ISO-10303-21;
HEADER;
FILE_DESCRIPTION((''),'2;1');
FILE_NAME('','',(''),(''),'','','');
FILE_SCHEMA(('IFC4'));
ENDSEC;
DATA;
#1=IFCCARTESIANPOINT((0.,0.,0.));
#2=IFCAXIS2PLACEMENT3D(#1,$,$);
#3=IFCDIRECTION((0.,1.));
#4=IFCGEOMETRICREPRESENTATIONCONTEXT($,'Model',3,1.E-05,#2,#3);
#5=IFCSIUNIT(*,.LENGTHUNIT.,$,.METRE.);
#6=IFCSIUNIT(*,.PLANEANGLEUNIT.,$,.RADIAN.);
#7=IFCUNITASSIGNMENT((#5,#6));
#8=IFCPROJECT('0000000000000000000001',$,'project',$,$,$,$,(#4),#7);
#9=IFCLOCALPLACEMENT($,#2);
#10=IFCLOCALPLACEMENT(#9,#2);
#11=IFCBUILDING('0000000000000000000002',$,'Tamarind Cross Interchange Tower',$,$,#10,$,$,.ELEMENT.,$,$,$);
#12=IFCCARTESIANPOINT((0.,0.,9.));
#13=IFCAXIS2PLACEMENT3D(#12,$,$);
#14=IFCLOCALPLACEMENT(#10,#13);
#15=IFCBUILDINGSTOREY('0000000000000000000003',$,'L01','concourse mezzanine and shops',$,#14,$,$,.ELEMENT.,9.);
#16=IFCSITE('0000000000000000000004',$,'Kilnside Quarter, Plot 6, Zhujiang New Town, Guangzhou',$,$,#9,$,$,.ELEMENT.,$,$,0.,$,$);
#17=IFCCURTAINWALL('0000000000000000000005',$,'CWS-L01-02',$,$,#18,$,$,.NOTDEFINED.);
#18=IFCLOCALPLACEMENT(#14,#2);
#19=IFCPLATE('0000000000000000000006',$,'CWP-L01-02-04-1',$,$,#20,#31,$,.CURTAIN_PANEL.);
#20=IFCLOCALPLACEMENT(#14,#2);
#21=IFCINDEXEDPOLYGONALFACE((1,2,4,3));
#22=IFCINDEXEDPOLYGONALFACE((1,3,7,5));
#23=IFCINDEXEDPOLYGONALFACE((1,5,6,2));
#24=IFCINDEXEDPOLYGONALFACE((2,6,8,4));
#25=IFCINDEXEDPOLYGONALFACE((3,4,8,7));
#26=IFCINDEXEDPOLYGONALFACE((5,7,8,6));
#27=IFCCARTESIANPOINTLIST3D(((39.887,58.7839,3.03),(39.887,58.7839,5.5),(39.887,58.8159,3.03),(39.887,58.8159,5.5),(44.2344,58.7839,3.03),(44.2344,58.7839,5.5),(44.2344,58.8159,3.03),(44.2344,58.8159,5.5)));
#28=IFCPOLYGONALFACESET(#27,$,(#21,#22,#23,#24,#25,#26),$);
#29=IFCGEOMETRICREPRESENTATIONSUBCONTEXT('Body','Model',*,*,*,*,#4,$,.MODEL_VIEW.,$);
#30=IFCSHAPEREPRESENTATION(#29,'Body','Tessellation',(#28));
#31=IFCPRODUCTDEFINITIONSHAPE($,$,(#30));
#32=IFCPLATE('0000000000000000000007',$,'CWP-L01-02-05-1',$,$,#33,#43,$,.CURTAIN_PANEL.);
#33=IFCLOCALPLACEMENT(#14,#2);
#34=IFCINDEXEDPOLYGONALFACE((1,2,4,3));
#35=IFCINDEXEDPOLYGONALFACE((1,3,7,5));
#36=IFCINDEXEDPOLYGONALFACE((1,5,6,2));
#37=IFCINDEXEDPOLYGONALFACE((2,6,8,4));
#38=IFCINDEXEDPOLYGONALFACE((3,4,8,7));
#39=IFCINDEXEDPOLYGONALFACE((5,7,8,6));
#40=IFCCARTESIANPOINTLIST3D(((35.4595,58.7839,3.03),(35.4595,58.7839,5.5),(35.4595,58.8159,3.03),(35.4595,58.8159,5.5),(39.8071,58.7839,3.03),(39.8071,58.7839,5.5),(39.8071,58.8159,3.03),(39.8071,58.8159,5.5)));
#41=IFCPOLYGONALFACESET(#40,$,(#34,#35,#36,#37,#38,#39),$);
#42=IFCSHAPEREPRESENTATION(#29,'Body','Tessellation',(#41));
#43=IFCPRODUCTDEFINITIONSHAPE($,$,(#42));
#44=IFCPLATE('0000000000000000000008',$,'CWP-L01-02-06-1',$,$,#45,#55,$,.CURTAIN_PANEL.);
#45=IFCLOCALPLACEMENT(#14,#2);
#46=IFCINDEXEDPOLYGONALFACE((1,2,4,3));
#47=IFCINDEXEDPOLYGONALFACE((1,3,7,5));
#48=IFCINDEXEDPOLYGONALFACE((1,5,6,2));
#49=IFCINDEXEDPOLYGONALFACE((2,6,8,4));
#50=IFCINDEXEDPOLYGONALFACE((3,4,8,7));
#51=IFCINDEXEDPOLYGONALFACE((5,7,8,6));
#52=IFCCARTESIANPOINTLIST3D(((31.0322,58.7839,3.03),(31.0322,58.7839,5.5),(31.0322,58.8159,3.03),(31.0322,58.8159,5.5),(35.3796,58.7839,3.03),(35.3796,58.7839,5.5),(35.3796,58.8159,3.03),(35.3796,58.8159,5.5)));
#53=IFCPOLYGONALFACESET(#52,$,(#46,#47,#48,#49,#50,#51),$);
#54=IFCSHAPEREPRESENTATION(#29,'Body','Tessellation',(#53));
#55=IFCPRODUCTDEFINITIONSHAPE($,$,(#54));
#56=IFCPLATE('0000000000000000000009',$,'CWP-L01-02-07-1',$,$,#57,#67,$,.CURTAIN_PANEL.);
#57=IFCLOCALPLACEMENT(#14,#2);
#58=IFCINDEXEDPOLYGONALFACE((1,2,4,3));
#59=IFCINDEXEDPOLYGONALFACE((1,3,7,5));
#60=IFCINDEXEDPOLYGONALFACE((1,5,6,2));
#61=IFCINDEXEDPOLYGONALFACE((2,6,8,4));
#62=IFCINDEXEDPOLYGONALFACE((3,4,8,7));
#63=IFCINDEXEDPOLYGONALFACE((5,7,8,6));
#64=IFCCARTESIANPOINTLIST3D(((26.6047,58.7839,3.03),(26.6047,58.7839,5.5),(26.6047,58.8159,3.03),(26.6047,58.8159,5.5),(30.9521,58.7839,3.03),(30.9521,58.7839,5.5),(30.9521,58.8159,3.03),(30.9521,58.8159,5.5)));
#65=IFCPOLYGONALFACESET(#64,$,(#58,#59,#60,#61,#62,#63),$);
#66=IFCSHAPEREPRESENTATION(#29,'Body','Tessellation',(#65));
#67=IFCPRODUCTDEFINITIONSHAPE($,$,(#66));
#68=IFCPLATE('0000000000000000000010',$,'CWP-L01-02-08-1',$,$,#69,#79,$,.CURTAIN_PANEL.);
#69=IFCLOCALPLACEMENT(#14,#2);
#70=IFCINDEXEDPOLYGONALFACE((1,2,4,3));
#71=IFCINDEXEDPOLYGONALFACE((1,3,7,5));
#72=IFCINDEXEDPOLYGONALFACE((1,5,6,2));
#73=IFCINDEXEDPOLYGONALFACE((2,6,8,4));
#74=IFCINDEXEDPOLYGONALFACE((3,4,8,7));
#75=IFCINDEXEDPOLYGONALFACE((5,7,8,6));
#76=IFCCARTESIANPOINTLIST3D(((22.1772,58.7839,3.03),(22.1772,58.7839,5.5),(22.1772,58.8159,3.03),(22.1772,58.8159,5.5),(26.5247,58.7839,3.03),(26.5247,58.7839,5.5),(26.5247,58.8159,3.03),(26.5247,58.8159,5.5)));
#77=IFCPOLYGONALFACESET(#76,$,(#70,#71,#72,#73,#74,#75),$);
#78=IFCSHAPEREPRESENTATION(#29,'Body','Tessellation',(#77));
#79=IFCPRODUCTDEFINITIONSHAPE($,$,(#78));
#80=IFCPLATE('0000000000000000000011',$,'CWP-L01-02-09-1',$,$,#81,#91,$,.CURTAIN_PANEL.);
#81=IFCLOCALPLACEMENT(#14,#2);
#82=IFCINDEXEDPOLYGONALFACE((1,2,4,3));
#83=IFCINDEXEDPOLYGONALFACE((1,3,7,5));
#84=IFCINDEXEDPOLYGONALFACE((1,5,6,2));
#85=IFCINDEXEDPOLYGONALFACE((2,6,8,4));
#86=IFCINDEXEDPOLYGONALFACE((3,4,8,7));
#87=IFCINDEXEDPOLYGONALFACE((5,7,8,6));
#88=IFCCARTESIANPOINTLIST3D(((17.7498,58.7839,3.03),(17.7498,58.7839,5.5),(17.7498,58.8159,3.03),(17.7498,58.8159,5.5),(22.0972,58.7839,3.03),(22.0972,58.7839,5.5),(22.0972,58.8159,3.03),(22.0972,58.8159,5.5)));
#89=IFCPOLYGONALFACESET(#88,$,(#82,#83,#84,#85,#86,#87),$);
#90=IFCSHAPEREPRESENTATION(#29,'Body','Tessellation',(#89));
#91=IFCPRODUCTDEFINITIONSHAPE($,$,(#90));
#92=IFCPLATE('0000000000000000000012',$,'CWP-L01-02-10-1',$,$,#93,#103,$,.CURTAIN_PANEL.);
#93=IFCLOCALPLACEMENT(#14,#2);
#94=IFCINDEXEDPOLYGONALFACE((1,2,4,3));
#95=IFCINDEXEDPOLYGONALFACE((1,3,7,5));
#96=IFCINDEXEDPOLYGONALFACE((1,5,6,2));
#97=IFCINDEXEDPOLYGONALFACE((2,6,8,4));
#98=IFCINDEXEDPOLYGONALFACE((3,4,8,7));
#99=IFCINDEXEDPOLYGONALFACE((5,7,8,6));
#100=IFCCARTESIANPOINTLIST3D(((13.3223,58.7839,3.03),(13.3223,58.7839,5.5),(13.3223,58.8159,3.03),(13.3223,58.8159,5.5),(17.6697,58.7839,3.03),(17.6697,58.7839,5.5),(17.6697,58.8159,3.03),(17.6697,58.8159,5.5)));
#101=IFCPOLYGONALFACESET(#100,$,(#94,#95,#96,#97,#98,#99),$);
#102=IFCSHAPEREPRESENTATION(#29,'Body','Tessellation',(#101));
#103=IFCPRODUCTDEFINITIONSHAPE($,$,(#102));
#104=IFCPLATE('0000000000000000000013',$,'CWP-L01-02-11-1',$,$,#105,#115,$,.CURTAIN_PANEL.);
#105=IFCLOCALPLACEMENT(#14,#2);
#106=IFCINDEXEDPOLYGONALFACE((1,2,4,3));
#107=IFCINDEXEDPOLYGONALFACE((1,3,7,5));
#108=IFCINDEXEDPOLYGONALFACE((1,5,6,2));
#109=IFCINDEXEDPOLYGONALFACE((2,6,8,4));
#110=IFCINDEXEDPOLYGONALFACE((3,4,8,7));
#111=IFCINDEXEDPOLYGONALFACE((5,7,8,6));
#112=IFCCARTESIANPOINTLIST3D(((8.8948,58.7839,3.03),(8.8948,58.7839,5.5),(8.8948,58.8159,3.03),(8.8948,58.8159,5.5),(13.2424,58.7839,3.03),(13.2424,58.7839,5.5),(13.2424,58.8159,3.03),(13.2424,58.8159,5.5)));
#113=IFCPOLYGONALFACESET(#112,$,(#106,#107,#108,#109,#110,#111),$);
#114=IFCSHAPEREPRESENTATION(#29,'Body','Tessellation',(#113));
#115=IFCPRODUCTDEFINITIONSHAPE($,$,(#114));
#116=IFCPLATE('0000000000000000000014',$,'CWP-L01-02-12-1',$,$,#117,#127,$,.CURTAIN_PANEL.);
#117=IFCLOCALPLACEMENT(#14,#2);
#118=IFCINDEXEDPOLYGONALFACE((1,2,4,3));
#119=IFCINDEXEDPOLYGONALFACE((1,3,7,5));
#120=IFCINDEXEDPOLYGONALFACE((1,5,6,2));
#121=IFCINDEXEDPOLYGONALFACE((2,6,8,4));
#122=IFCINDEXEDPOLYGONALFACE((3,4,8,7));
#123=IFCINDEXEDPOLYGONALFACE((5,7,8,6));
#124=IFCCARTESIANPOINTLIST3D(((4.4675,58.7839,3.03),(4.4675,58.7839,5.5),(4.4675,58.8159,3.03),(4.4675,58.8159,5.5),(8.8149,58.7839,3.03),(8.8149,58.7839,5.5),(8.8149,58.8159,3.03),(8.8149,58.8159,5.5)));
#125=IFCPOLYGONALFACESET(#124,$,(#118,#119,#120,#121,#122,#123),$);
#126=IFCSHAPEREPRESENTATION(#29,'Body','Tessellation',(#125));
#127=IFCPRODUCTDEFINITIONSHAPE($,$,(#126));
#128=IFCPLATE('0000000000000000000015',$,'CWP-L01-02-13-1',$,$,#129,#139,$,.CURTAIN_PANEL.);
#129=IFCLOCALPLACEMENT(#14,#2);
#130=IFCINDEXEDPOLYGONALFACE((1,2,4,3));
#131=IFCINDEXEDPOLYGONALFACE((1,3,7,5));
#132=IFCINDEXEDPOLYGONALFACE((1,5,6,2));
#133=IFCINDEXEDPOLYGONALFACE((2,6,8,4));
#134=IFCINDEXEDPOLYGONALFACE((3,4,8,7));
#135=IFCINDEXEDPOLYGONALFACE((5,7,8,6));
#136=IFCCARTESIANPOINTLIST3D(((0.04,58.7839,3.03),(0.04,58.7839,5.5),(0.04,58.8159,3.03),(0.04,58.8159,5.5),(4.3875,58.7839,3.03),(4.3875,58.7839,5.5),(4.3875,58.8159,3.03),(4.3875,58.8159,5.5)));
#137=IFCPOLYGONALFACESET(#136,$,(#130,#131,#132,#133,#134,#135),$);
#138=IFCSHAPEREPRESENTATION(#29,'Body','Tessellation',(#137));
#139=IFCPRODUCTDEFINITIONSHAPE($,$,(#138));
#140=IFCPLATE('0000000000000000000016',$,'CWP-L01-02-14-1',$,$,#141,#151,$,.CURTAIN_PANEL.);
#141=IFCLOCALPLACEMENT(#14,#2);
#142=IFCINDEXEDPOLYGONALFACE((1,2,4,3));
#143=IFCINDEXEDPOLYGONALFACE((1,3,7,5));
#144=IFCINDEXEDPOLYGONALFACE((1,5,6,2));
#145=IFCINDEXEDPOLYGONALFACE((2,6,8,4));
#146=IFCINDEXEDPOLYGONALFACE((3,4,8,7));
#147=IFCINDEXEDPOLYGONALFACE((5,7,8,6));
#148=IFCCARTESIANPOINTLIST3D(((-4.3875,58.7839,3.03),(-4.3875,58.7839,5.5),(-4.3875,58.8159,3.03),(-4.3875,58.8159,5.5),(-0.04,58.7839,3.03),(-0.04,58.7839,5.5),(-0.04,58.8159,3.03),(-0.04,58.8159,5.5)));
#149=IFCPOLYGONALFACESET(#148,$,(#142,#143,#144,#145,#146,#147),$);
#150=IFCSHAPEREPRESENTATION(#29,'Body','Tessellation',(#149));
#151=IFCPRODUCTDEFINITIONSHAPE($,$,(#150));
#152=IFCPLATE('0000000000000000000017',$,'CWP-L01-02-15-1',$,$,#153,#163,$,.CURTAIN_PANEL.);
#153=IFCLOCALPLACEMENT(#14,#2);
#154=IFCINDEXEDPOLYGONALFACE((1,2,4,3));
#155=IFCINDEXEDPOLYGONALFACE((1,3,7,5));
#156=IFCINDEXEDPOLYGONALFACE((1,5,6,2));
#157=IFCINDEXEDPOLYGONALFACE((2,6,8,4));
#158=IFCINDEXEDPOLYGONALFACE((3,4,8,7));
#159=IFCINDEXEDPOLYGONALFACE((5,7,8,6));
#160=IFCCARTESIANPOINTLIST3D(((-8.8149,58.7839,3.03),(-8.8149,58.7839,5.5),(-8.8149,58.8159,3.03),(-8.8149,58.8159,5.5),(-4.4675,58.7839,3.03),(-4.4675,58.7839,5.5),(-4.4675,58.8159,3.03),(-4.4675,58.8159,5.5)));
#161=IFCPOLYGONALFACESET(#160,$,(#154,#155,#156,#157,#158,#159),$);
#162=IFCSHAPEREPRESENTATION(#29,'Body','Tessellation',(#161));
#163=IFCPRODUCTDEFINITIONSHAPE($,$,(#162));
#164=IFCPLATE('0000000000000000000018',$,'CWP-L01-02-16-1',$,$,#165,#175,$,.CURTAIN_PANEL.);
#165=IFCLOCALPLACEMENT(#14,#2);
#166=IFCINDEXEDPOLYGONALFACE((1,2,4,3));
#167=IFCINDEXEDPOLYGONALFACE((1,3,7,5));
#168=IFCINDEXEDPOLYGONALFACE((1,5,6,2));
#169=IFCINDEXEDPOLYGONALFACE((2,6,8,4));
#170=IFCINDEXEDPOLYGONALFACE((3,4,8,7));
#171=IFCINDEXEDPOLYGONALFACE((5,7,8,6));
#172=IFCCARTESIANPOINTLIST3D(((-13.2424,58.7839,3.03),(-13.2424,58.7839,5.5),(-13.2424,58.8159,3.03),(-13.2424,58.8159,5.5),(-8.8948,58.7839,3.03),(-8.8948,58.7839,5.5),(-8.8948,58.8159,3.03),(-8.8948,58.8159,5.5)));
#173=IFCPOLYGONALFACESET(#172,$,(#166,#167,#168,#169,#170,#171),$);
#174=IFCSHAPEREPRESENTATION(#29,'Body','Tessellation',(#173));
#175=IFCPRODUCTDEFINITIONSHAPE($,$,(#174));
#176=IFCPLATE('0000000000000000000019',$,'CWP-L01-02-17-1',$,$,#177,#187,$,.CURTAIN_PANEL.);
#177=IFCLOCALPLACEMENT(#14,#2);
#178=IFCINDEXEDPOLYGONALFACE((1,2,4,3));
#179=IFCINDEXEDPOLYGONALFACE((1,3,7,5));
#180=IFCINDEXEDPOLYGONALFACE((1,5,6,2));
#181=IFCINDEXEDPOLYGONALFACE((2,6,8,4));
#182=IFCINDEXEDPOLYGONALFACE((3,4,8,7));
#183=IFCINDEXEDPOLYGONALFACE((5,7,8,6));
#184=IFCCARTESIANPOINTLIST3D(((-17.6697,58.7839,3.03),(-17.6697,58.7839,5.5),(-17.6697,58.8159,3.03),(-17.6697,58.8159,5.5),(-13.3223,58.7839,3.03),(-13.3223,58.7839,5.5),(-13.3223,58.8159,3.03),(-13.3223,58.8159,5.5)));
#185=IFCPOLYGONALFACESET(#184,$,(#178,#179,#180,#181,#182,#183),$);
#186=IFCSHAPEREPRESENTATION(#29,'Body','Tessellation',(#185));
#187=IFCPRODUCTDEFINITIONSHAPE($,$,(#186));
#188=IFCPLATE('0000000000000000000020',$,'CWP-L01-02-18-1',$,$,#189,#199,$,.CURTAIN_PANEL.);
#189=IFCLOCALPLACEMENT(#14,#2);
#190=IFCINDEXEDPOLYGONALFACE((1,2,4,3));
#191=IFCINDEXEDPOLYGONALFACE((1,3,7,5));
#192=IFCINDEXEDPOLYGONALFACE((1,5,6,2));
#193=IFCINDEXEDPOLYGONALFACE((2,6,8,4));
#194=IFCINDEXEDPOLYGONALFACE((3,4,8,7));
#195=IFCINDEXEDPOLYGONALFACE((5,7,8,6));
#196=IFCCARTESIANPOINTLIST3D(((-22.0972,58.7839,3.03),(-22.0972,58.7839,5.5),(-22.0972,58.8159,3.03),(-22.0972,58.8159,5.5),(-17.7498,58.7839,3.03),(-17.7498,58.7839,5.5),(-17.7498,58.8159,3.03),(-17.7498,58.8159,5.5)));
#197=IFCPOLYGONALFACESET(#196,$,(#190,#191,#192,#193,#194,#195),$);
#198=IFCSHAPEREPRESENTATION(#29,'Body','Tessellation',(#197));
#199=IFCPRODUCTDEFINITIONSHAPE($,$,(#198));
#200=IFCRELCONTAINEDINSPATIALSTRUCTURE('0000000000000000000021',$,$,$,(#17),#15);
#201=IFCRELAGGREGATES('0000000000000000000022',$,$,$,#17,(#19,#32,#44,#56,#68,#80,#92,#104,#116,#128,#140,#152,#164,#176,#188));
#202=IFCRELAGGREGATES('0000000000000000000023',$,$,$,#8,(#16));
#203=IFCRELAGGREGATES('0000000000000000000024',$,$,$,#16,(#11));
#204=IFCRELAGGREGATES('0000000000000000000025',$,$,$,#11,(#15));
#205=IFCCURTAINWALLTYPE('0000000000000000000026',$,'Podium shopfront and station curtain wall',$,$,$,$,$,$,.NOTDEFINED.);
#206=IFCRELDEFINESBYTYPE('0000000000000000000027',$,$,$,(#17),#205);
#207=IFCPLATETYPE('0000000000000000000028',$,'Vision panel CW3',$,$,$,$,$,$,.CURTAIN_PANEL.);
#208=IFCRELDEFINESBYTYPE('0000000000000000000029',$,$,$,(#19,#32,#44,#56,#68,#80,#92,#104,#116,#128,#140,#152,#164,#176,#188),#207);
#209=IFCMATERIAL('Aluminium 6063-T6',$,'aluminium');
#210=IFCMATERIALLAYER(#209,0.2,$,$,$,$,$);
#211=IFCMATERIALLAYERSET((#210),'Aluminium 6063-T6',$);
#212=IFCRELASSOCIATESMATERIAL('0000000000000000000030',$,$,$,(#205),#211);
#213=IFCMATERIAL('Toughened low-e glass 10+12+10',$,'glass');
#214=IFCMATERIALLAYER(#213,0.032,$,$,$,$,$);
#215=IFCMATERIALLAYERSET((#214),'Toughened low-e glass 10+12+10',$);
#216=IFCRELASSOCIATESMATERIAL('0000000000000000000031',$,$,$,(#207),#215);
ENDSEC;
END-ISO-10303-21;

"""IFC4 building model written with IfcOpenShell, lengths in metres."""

from ifc_helpers import new_model, si_unit, direction, frame, origin, place, context, subcontext, project, spatial, polyline, outline, extrude, material, layer, layer_set, type_object, element, aggregate, save


model = new_model("IFC4")

# Units and contexts
model_context = context("Model", 3, precision=1e-05, world=origin(), true_north=direction((0.0, 1.0)))
body_context = subcontext(model_context, "Body", "Model", "MODEL_VIEW")
ifc_project = project(units=[si_unit("LENGTHUNIT", "METRE"), si_unit("PLANEANGLEUNIT", "RADIAN")], contexts=[model_context])

# Site, building, storey
site_placement = place(None, origin())
site = spatial("IfcSite", under=ifc_project, at=site_placement, Name="Kilnside Quarter, Plot 6, Zhujiang New Town, Guangzhou", CompositionType="ELEMENT", RefElevation=0.0)
building_placement = place(site_placement, origin())
building = spatial("IfcBuilding", under=site, at=building_placement, Name="Tamarind Cross Interchange Tower", CompositionType="ELEMENT")
storey_placement = place(building_placement, frame((0.0, 0.0, 9.0)))
storey = spatial("IfcBuildingStorey", under=building, at=storey_placement, Name="L01", Description="concourse mezzanine and shops", CompositionType="ELEMENT", Elevation=9.0)

# Shared definitions
ifc_material_1 = material(Name="Aluminium 6063-T6", Category="aluminium")
ifc_layer_1 = layer(ifc_material_1, 0.2)
ifc_layer_set_1 = layer_set([ifc_layer_1], Name="Aluminium 6063-T6")
curtain_wall_type = type_object("IfcCurtainWallType", Name="Podium shopfront and station curtain wall", PredefinedType="NOTDEFINED", material=ifc_layer_set_1)

# Shared definitions
ifc_material_2 = material(Name="Toughened low-e glass 10+12+10", Category="glass")
ifc_layer_2 = layer(ifc_material_2, 0.032)
ifc_layer_set_2 = layer_set([ifc_layer_2], Name="Toughened low-e glass 10+12+10")
plate_type = type_object("IfcPlateType", Name="Vision panel CW3", PredefinedType="CURTAIN_PANEL", material=ifc_layer_set_2)

# Curtain wall, plates
curtain_wall_1_placement = place(storey_placement, origin())
curtain_wall_1 = element("IfcCurtainWall", 1, at=curtain_wall_1_placement, inside=storey, type_object=curtain_wall_type, Name="CWS-L01-02", PredefinedType="NOTDEFINED")
plate_1_placement = place(storey_placement, frame((0.0, 0.0, 3.03)))
plate_1 = element("IfcPlate", 2, at=plate_1_placement, type_object=plate_type, Name="CWP-L01-02-04-1", PredefinedType="CURTAIN_PANEL", context=body_context, shape_type="SweptSolid", body=[
    extrude(outline(polyline([(44.2344, 58.7839), (39.887, 58.7839), (39.887, 58.8159), (44.2344, 58.8159), (44.2344, 58.7839)])), origin(), (0.0, 0.0, 1.0), 2.47),
])
plate_2_placement = place(storey_placement, frame((0.0, 0.0, 3.03)))
plate_2 = element("IfcPlate", 3, at=plate_2_placement, type_object=plate_type, Name="CWP-L01-02-05-1", PredefinedType="CURTAIN_PANEL", context=body_context, shape_type="SweptSolid", body=[
    extrude(outline(polyline([(39.8071, 58.7839), (35.4595, 58.7839), (35.4595, 58.8159), (39.8071, 58.8159), (39.8071, 58.7839)])), origin(), (0.0, 0.0, 1.0), 2.47),
])
plate_3_placement = place(storey_placement, frame((0.0, 0.0, 3.03)))
plate_3 = element("IfcPlate", 4, at=plate_3_placement, type_object=plate_type, Name="CWP-L01-02-06-1", PredefinedType="CURTAIN_PANEL", context=body_context, shape_type="SweptSolid", body=[
    extrude(outline(polyline([(35.3796, 58.7839), (31.0322, 58.7839), (31.0322, 58.8159), (35.3796, 58.8159), (35.3796, 58.7839)])), origin(), (0.0, 0.0, 1.0), 2.47),
])
plate_4_placement = place(storey_placement, frame((0.0, 0.0, 3.03)))
plate_4 = element("IfcPlate", 5, at=plate_4_placement, type_object=plate_type, Name="CWP-L01-02-07-1", PredefinedType="CURTAIN_PANEL", context=body_context, shape_type="SweptSolid", body=[
    extrude(outline(polyline([(30.9521, 58.7839), (26.6047, 58.7839), (26.6047, 58.8159), (30.9521, 58.8159), (30.9521, 58.7839)])), origin(), (0.0, 0.0, 1.0), 2.47),
])
plate_5_placement = place(storey_placement, frame((0.0, 0.0, 3.03)))
plate_5 = element("IfcPlate", 6, at=plate_5_placement, type_object=plate_type, Name="CWP-L01-02-08-1", PredefinedType="CURTAIN_PANEL", context=body_context, shape_type="SweptSolid", body=[
    extrude(outline(polyline([(26.5247, 58.7839), (22.1772, 58.7839), (22.1772, 58.8159), (26.5247, 58.8159), (26.5247, 58.7839)])), origin(), (0.0, 0.0, 1.0), 2.47),
])
plate_6_placement = place(storey_placement, frame((0.0, 0.0, 3.03)))
plate_6 = element("IfcPlate", 7, at=plate_6_placement, type_object=plate_type, Name="CWP-L01-02-09-1", PredefinedType="CURTAIN_PANEL", context=body_context, shape_type="SweptSolid", body=[
    extrude(outline(polyline([(22.0972, 58.7839), (17.7498, 58.7839), (17.7498, 58.8159), (22.0972, 58.8159), (22.0972, 58.7839)])), origin(), (0.0, 0.0, 1.0), 2.47),
])
plate_7_placement = place(storey_placement, frame((0.0, 0.0, 3.03)))
plate_7 = element("IfcPlate", 8, at=plate_7_placement, type_object=plate_type, Name="CWP-L01-02-10-1", PredefinedType="CURTAIN_PANEL", context=body_context, shape_type="SweptSolid", body=[
    extrude(outline(polyline([(17.6697, 58.7839), (13.3223, 58.7839), (13.3223, 58.8159), (17.6697, 58.8159), (17.6697, 58.7839)])), origin(), (0.0, 0.0, 1.0), 2.47),
])
plate_8_placement = place(storey_placement, frame((0.0, 0.0, 3.03)))
plate_8 = element("IfcPlate", 9, at=plate_8_placement, type_object=plate_type, Name="CWP-L01-02-11-1", PredefinedType="CURTAIN_PANEL", context=body_context, shape_type="SweptSolid", body=[
    extrude(outline(polyline([(13.2424, 58.7839), (8.8948, 58.7839), (8.8948, 58.8159), (13.2424, 58.8159), (13.2424, 58.7839)])), origin(), (0.0, 0.0, 1.0), 2.47),
])
plate_9_placement = place(storey_placement, frame((0.0, 0.0, 3.03)))
plate_9 = element("IfcPlate", 10, at=plate_9_placement, type_object=plate_type, Name="CWP-L01-02-12-1", PredefinedType="CURTAIN_PANEL", context=body_context, shape_type="SweptSolid", body=[
    extrude(outline(polyline([(8.8149, 58.7839), (4.4675, 58.7839), (4.4675, 58.8159), (8.8149, 58.8159), (8.8149, 58.7839)])), origin(), (0.0, 0.0, 1.0), 2.47),
])
plate_10_placement = place(storey_placement, frame((0.0, 0.0, 3.03)))
plate_10 = element("IfcPlate", 11, at=plate_10_placement, type_object=plate_type, Name="CWP-L01-02-13-1", PredefinedType="CURTAIN_PANEL", context=body_context, shape_type="SweptSolid", body=[
    extrude(outline(polyline([(4.3875, 58.7839), (0.04, 58.7839), (0.04, 58.8159), (4.3875, 58.8159), (4.3875, 58.7839)])), origin(), (0.0, 0.0, 1.0), 2.47),
])
plate_11_placement = place(storey_placement, frame((0.0, 0.0, 3.03)))
plate_11 = element("IfcPlate", 12, at=plate_11_placement, type_object=plate_type, Name="CWP-L01-02-14-1", PredefinedType="CURTAIN_PANEL", context=body_context, shape_type="SweptSolid", body=[
    extrude(outline(polyline([(-0.04, 58.7839), (-4.3875, 58.7839), (-4.3875, 58.8159), (-0.04, 58.8159), (-0.04, 58.7839)])), origin(), (0.0, 0.0, 1.0), 2.47),
])
plate_12_placement = place(storey_placement, frame((0.0, 0.0, 3.03)))
plate_12 = element("IfcPlate", 13, at=plate_12_placement, type_object=plate_type, Name="CWP-L01-02-15-1", PredefinedType="CURTAIN_PANEL", context=body_context, shape_type="SweptSolid", body=[
    extrude(outline(polyline([(-4.4675, 58.7839), (-8.8149, 58.7839), (-8.8149, 58.8159), (-4.4675, 58.8159), (-4.4675, 58.7839)])), origin(), (0.0, 0.0, 1.0), 2.47),
])
plate_13_placement = place(storey_placement, frame((0.0, 0.0, 3.03)))
plate_13 = element("IfcPlate", 14, at=plate_13_placement, type_object=plate_type, Name="CWP-L01-02-16-1", PredefinedType="CURTAIN_PANEL", context=body_context, shape_type="SweptSolid", body=[
    extrude(outline(polyline([(-8.8948, 58.7839), (-13.2424, 58.7839), (-13.2424, 58.8159), (-8.8948, 58.8159), (-8.8948, 58.7839)])), origin(), (0.0, 0.0, 1.0), 2.47),
])
plate_14_placement = place(storey_placement, frame((0.0, 0.0, 3.03)))
plate_14 = element("IfcPlate", 15, at=plate_14_placement, type_object=plate_type, Name="CWP-L01-02-17-1", PredefinedType="CURTAIN_PANEL", context=body_context, shape_type="SweptSolid", body=[
    extrude(outline(polyline([(-13.3223, 58.7839), (-17.6697, 58.7839), (-17.6697, 58.8159), (-13.3223, 58.8159), (-13.3223, 58.7839)])), origin(), (0.0, 0.0, 1.0), 2.47),
])
plate_15_placement = place(storey_placement, frame((0.0, 0.0, 3.03)))
plate_15 = element("IfcPlate", 16, at=plate_15_placement, type_object=plate_type, Name="CWP-L01-02-18-1", PredefinedType="CURTAIN_PANEL", context=body_context, shape_type="SweptSolid", body=[
    extrude(outline(polyline([(-17.7498, 58.7839), (-22.0972, 58.7839), (-22.0972, 58.8159), (-17.7498, 58.8159), (-17.7498, 58.7839)])), origin(), (0.0, 0.0, 1.0), 2.47),
])
aggregate(curtain_wall_1, [plate_1, plate_2, plate_3, plate_4, plate_5, plate_6, plate_7, plate_8, plate_9, plate_10, plate_11, plate_12, plate_13, plate_14, plate_15])

save(model, "model.ifc")
